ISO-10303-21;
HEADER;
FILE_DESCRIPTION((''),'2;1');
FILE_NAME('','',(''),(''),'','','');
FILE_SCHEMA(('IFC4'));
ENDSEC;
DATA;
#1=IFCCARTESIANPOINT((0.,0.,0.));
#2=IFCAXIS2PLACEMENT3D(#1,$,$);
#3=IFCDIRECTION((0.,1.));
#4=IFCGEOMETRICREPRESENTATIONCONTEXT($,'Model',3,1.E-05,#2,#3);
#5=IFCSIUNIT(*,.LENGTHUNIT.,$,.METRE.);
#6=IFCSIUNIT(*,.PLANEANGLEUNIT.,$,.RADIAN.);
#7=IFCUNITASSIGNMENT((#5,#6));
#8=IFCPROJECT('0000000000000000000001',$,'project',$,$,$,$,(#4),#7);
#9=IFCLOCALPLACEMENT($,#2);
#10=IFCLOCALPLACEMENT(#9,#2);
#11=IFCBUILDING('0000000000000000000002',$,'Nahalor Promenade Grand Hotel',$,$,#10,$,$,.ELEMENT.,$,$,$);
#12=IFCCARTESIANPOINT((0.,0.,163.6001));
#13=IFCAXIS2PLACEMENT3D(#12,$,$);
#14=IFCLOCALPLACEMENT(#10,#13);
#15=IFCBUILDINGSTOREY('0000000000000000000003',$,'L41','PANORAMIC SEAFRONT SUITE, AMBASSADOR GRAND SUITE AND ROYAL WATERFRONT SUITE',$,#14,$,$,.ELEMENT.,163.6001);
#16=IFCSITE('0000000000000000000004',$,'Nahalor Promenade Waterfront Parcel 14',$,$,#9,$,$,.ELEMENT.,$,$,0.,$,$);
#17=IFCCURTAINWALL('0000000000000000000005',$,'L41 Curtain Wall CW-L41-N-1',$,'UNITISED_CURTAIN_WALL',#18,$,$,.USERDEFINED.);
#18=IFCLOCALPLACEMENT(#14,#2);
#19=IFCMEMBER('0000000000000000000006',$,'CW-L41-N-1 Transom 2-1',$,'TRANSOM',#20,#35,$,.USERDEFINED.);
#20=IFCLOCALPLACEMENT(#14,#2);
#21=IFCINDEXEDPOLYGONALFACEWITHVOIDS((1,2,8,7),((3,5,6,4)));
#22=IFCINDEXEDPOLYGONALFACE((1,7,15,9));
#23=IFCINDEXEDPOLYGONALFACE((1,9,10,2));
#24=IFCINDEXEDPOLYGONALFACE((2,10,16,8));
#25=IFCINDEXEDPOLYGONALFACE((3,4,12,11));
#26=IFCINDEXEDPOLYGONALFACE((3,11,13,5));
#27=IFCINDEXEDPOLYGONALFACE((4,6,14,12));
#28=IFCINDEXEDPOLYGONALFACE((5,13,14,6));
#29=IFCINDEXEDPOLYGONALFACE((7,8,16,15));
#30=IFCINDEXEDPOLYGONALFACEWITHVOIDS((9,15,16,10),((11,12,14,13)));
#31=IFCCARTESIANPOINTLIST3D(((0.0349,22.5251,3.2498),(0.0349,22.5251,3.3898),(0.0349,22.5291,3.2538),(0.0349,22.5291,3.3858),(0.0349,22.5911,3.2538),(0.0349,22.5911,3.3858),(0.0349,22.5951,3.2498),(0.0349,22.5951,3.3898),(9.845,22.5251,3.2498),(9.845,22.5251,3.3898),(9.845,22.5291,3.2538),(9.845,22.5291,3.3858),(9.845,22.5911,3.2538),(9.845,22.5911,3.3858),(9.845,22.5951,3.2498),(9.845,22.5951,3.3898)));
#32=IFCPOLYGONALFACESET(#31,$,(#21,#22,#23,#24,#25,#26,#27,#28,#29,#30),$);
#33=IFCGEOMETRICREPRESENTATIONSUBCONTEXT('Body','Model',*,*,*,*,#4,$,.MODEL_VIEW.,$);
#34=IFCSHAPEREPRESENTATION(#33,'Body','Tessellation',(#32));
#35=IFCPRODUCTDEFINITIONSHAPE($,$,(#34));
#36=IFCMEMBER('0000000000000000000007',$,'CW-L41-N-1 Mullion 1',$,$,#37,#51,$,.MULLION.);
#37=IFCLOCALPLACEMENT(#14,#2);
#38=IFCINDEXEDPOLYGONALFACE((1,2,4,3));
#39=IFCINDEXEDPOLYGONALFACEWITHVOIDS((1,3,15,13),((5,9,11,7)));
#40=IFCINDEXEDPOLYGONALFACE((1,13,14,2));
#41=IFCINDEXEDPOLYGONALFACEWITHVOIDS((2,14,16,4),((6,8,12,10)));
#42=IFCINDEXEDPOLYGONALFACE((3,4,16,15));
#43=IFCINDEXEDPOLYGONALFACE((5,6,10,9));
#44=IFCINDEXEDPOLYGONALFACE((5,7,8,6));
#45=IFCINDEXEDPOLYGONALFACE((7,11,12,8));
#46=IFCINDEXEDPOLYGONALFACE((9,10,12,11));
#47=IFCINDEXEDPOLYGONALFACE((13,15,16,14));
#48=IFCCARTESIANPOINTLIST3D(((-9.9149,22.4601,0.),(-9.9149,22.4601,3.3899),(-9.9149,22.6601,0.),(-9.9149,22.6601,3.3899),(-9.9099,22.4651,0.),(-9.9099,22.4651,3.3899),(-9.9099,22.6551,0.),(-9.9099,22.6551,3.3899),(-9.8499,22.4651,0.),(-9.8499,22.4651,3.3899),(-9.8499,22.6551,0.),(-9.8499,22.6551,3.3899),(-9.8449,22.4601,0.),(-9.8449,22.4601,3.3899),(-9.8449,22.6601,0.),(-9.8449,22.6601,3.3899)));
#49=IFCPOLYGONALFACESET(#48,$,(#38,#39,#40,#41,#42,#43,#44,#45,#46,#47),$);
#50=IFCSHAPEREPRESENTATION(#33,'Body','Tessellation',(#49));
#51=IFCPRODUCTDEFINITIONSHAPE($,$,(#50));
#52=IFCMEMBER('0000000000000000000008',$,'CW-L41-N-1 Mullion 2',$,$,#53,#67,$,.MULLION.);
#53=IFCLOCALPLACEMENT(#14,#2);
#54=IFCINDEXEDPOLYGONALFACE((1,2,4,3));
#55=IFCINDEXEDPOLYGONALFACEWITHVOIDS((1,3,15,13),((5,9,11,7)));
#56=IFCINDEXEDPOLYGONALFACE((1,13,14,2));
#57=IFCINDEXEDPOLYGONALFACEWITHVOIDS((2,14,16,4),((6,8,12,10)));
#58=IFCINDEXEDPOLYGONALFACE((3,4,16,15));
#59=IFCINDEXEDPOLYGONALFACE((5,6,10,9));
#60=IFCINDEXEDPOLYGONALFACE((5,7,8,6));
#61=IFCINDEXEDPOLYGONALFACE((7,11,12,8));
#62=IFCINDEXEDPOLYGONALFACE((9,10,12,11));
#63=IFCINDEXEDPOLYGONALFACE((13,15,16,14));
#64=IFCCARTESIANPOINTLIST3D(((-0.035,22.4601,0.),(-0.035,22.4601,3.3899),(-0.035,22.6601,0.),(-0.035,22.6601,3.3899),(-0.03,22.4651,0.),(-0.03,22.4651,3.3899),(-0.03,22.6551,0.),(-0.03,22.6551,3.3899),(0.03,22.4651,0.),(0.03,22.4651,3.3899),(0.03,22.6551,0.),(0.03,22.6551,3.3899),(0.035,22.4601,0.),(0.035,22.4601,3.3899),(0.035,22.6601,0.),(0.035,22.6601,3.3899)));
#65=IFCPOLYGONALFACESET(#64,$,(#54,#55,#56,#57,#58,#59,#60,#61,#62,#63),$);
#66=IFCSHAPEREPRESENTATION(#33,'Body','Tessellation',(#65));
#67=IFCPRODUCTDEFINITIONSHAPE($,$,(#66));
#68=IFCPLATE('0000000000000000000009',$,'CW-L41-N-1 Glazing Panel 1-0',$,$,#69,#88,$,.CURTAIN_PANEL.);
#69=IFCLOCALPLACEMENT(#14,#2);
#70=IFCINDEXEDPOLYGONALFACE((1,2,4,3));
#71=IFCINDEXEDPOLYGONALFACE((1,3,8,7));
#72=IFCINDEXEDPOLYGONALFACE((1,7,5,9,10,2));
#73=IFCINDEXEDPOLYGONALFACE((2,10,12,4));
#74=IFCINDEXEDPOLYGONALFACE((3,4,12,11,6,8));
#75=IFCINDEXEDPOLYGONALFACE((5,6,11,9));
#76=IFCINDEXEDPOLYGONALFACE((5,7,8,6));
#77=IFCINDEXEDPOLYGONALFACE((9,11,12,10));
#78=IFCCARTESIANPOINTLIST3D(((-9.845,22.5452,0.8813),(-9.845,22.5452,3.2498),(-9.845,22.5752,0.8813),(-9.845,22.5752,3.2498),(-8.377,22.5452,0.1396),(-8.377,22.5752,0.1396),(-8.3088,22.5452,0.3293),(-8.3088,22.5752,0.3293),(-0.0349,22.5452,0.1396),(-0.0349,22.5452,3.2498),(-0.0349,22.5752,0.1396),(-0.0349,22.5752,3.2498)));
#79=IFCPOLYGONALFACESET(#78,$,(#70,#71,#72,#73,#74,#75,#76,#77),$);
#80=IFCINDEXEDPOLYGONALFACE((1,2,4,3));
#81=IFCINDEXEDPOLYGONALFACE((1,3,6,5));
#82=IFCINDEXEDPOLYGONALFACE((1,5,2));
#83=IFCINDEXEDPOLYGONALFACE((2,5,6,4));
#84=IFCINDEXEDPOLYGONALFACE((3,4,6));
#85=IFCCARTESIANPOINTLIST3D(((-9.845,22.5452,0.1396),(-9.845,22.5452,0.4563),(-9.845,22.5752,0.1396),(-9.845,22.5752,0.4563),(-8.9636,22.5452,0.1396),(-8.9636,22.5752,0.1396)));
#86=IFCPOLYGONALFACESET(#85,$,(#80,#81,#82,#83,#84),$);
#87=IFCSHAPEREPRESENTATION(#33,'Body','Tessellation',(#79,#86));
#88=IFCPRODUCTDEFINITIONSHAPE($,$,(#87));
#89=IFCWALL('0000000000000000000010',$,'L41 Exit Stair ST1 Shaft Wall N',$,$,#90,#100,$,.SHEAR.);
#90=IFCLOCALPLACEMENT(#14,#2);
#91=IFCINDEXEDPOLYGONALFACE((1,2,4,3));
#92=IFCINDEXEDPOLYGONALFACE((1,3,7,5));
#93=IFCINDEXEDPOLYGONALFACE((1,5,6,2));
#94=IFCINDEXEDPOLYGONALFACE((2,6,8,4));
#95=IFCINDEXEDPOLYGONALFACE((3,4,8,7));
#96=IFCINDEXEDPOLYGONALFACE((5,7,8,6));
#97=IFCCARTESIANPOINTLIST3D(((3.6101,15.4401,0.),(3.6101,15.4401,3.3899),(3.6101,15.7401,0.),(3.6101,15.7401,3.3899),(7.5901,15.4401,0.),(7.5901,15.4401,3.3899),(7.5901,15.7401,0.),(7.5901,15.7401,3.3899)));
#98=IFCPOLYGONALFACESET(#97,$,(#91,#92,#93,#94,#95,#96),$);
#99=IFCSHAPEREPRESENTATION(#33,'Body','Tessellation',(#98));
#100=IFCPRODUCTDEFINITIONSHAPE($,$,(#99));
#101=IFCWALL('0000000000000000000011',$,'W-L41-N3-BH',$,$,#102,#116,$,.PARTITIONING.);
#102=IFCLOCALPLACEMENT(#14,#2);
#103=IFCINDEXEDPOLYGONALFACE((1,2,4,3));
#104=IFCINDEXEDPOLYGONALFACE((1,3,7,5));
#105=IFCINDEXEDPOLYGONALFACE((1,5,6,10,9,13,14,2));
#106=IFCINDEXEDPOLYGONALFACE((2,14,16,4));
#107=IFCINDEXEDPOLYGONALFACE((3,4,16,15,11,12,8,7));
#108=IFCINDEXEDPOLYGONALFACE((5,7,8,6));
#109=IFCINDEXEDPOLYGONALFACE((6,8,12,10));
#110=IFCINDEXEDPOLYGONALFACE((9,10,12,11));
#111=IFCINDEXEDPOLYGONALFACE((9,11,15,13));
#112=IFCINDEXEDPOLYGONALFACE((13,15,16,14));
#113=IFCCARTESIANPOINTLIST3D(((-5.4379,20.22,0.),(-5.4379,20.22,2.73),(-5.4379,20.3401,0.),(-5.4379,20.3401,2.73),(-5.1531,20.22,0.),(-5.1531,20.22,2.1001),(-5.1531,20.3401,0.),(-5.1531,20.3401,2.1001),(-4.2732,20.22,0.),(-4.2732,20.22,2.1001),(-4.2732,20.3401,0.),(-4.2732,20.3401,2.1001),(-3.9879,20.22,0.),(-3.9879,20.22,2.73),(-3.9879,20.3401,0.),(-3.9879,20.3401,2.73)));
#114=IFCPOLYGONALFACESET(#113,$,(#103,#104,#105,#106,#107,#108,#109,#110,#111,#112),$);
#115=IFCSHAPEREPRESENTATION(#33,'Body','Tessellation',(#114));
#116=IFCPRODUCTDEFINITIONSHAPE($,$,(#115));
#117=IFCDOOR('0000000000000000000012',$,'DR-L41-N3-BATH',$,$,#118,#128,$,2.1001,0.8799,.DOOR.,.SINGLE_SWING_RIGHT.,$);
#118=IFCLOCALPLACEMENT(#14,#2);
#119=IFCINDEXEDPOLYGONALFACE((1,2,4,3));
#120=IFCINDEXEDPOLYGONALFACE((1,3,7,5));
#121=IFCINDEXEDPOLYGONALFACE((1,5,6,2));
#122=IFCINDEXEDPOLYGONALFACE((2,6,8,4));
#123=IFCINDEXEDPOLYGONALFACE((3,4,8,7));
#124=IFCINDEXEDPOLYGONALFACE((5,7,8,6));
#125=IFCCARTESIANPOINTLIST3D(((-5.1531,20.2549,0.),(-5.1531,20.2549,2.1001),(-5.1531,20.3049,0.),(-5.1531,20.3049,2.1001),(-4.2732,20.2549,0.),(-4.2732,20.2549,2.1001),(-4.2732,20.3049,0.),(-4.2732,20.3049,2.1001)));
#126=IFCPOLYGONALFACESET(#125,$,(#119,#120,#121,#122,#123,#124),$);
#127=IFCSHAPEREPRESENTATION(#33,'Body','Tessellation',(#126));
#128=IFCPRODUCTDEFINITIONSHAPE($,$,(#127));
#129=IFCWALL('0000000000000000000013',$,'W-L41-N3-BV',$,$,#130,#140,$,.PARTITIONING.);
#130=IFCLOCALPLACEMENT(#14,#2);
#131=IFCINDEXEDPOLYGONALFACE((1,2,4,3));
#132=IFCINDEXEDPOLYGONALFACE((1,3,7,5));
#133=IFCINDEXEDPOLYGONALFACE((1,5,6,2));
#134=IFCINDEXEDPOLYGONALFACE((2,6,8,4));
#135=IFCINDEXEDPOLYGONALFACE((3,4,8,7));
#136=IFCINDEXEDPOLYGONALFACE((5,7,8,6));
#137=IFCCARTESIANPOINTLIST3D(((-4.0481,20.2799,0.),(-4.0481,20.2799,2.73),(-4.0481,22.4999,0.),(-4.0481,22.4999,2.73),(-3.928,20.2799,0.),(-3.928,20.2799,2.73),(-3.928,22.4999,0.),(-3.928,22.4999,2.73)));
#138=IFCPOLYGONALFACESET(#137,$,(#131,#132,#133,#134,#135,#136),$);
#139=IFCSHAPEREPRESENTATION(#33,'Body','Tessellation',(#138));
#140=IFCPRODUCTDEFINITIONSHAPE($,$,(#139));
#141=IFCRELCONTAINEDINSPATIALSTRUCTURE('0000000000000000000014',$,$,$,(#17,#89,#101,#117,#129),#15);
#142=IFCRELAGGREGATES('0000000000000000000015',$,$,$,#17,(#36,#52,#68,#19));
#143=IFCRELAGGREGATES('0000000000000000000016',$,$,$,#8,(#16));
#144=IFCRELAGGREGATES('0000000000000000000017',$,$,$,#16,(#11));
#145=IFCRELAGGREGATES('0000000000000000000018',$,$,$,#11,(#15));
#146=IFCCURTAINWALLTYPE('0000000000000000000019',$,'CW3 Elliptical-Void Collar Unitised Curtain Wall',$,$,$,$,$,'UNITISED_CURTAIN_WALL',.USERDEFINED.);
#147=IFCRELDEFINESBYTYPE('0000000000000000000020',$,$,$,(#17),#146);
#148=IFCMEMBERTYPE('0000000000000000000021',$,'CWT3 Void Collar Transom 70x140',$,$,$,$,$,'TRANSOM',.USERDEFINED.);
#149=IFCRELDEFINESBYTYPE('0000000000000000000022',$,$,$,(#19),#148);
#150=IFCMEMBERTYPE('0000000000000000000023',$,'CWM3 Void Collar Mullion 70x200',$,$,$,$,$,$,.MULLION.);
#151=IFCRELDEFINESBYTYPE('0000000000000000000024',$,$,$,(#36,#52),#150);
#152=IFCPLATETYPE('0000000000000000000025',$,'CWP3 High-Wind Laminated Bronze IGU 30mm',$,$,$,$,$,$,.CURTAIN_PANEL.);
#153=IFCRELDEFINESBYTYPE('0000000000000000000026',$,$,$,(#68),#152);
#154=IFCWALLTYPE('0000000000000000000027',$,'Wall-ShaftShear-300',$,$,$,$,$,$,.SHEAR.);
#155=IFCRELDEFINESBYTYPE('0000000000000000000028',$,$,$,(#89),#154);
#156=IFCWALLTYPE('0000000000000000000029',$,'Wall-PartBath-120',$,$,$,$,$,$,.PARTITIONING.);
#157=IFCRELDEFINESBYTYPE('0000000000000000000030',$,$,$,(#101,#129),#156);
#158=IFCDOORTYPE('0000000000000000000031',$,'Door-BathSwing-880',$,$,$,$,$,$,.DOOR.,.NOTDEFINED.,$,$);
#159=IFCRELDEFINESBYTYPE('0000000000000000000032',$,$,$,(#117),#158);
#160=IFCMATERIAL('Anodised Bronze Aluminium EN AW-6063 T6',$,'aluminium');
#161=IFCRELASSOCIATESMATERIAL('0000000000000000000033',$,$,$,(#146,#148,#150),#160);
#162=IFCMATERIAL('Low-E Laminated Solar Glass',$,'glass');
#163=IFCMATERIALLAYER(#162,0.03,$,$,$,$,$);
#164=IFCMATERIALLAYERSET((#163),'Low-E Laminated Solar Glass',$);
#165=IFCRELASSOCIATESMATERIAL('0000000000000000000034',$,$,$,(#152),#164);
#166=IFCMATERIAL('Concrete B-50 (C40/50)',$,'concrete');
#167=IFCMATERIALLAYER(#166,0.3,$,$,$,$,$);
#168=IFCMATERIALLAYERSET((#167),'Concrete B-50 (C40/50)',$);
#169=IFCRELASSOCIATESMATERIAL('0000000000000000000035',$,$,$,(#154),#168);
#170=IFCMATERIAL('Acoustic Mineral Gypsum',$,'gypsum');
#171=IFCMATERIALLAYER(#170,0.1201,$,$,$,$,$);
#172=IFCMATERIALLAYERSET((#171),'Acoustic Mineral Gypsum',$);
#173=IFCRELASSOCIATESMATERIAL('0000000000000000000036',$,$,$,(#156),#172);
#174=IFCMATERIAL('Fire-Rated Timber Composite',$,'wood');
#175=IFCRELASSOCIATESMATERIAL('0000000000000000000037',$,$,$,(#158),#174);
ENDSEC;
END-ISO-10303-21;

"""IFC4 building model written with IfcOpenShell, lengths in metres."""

from ifc_helpers import new_model, si_unit, direction, frame, frame_2d, origin, origin_2d, place, context, subcontext, project, spatial, polyline, rectangle, hollow_rectangle, outline, extrude, source, transform, mapped, material, layer, layer_set, material_profile, profile_set, type_object, element, fill, aggregate, save


model = new_model("IFC4")

# Units and contexts
model_context = context("Model", 3, precision=1e-05, world=origin(), true_north=direction((0.0, 1.0)))
body_context = subcontext(model_context, "Body", "Model", "MODEL_VIEW")
ifc_project = project(units=[si_unit("LENGTHUNIT", "METRE"), si_unit("PLANEANGLEUNIT", "RADIAN")], contexts=[model_context])

# Site, building, storey
site_placement = place(None, origin())
site = spatial("IfcSite", under=ifc_project, at=site_placement, Name="Nahalor Promenade Waterfront Parcel 14", CompositionType="ELEMENT", RefElevation=0.0)
building_placement = place(site_placement, origin())
building = spatial("IfcBuilding", under=site, at=building_placement, Name="Nahalor Promenade Grand Hotel", CompositionType="ELEMENT")
storey_placement = place(building_placement, frame((0.0, 0.0, 163.6001)))
storey = spatial("IfcBuildingStorey", under=building, at=storey_placement, Name="L41", Description="PANORAMIC SEAFRONT SUITE, AMBASSADOR GRAND SUITE AND ROYAL WATERFRONT SUITE", CompositionType="ELEMENT", Elevation=163.6001)

# Curtain wall, members, plate
ifc_material_1 = material(Name="Anodised Bronze Aluminium EN AW-6063 T6", Category="aluminium")
curtain_wall_type = type_object("IfcCurtainWallType", Name="CW3 Elliptical-Void Collar Unitised Curtain Wall", ElementType="UNITISED_CURTAIN_WALL", PredefinedType="USERDEFINED", material=ifc_material_1)
curtain_wall_placement = place(storey_placement, origin())
curtain_wall = element("IfcCurtainWall", 1, at=curtain_wall_placement, inside=storey, type_object=curtain_wall_type, Name="L41 Curtain Wall CW-L41-N-1", ObjectType="UNITISED_CURTAIN_WALL", PredefinedType="USERDEFINED")
ifc_material_profile_1 = material_profile(ifc_material_1, hollow_rectangle(XDim=0.07, YDim=0.14, WallThickness=0.004, at=origin_2d()), Name="CWT 70x140x4")
ifc_profile_set_1 = profile_set([ifc_material_profile_1], Name="Anodised Bronze Aluminium EN AW-6063 T6")
member_type_1 = type_object("IfcMemberType", Name="CWT3 Void Collar Transom 70x140", ElementType="TRANSOM", PredefinedType="USERDEFINED", material=ifc_profile_set_1)
shared_shape_1 = source(origin(), body_context, "Body", "SweptSolid", [
    extrude(hollow_rectangle(XDim=0.07, YDim=0.14, WallThickness=0.004, at=origin_2d()), origin(), (0.0, 0.0, 1.0), 9.8101),
])
member_1_placement = place(storey_placement, frame((0.0349, 22.5601, 3.3198), z_axis=(1.0, 0.0, 0.0), x_axis=(0.0, 1.0, 0.0)))
member_1 = element("IfcMember", 2, at=member_1_placement, type_object=member_type_1, Name="CW-L41-N-1 Transom 2-1", ObjectType="TRANSOM", PredefinedType="USERDEFINED", context=body_context, shape_type="MappedRepresentation", body=[
    mapped(shared_shape_1, transform((0.0, 0.0, 0.0), scale=1.0)),
])
ifc_material_profile_2 = material_profile(ifc_material_1, hollow_rectangle(XDim=0.07, YDim=0.2, WallThickness=0.005, at=origin_2d()), Name="CWM 70x200x5")
ifc_profile_set_2 = profile_set([ifc_material_profile_2], Name="Anodised Bronze Aluminium EN AW-6063 T6")
member_type_2 = type_object("IfcMemberType", Name="CWM3 Void Collar Mullion 70x200", PredefinedType="MULLION", material=ifc_profile_set_2)
shared_shape_2 = source(origin(), body_context, "Body", "SweptSolid", [
    extrude(hollow_rectangle(XDim=0.07, YDim=0.2, WallThickness=0.005, at=origin_2d()), origin(), (0.0, 0.0, 1.0), 3.3899),
])
member_2_placement = place(storey_placement, frame((-9.8799, 22.5601, 0.0), z_axis=(0.0, 0.0, 1.0), x_axis=(1.0, 0.0, 0.0)))
member_2 = element("IfcMember", 3, at=member_2_placement, type_object=member_type_2, Name="CW-L41-N-1 Mullion 1", PredefinedType="MULLION", context=body_context, shape_type="MappedRepresentation", body=[
    mapped(shared_shape_2, transform((0.0, 0.0, 0.0), scale=1.0)),
])
member_3_placement = place(storey_placement, frame((0.0, 22.5601, 0.0), z_axis=(0.0, 0.0, 1.0), x_axis=(1.0, 0.0, 0.0)))
member_3 = element("IfcMember", 4, at=member_3_placement, type_object=member_type_2, Name="CW-L41-N-1 Mullion 2", PredefinedType="MULLION", context=body_context, shape_type="MappedRepresentation", body=[
    mapped(shared_shape_2, transform((0.0, 0.0, 0.0), scale=1.0)),
])
ifc_material_2 = material(Name="Low-E Laminated Solar Glass", Category="glass")
ifc_layer_1 = layer(ifc_material_2, 0.03)
ifc_layer_set_1 = layer_set([ifc_layer_1], Name="Low-E Laminated Solar Glass")
plate_type = type_object("IfcPlateType", Name="CWP3 High-Wind Laminated Bronze IGU 30mm", PredefinedType="CURTAIN_PANEL", material=ifc_layer_set_1)
plate_placement = place(storey_placement, frame((-4.9399, 22.5601, 0.1396), z_axis=(0.0, 0.0, 1.0), x_axis=(1.0, 0.0, 0.0)))
plate = element("IfcPlate", 5, at=plate_placement, type_object=plate_type, Name="CW-L41-N-1 Glazing Panel 1-0", PredefinedType="CURTAIN_PANEL", context=body_context, shape_type="SweptSolid", body=[
    extrude(outline(polyline([(4.905, 3.1101), (-4.905, 3.1101), (-4.905, 0.7417), (-3.3689, 0.1897), (-3.437, 0.0), (4.905, 0.0), (4.905, 3.1101)])), frame((0.0, 0.0151, 0.0), z_axis=(0.0, -1.0, 0.0), x_axis=(1.0, 0.0, 0.0)), (0.0, 0.0, 1.0), 0.03),
    extrude(outline(polyline([(-4.905, 0.3167), (-4.905, 0.0), (-4.0237, 0.0), (-4.905, 0.3167)])), frame((0.0, 0.0151, 0.0), z_axis=(0.0, -1.0, 0.0), x_axis=(1.0, 0.0, 0.0)), (0.0, 0.0, 1.0), 0.03),
])
aggregate(curtain_wall, [member_2, member_3, plate, member_1])

# Wall
ifc_material_3 = material(Name="Concrete B-50 (C40/50)", Category="concrete")
ifc_layer_2 = layer(ifc_material_3, 0.3)
ifc_layer_set_2 = layer_set([ifc_layer_2], Name="Concrete B-50 (C40/50)")
wall_type_1 = type_object("IfcWallType", Name="Wall-ShaftShear-300", PredefinedType="SHEAR", material=ifc_layer_set_2)
shared_shape_3 = source(origin(), body_context, "Body", "SweptSolid", [
    extrude(rectangle(XDim=3.98, YDim=0.3, at=frame_2d((1.99, 0.0))), origin(), (0.0, 0.0, 1.0), 3.3899),
])
wall_1_placement = place(storey_placement, frame((3.6101, 15.5901, 0.0), z_axis=(0.0, 0.0, 1.0), x_axis=(1.0, 0.0, 0.0)))
element("IfcWall", 6, at=wall_1_placement, inside=storey, type_object=wall_type_1, Name="L41 Exit Stair ST1 Shaft Wall N", PredefinedType="SHEAR", context=body_context, shape_type="MappedRepresentation", body=[
    mapped(shared_shape_3, transform((0.0, 0.0, 0.0), scale=1.0)),
])

# Wall, opening, door
ifc_material_4 = material(Name="Acoustic Mineral Gypsum", Category="gypsum")
ifc_layer_3 = layer(ifc_material_4, 0.1201)
ifc_layer_set_3 = layer_set([ifc_layer_3], Name="Acoustic Mineral Gypsum")
wall_type_2 = type_object("IfcWallType", Name="Wall-PartBath-120", PredefinedType="PARTITIONING", material=ifc_layer_set_3)
shared_shape_4 = source(origin(), body_context, "Body", "SweptSolid", [
    extrude(rectangle(XDim=1.45, YDim=0.1201, at=frame_2d((0.7251, 0.0))), origin(), (0.0, 0.0, 1.0), 2.73),
])
wall_2_placement = place(storey_placement, frame((-5.438, 20.28, 0.0), z_axis=(0.0, 0.0, 1.0), x_axis=(1.0, 0.0, 0.0)))
wall_2 = element("IfcWall", 7, at=wall_2_placement, inside=storey, type_object=wall_type_2, Name="W-L41-N3-BH", PredefinedType="PARTITIONING", context=body_context, shape_type="MappedRepresentation", body=[
    mapped(shared_shape_4, transform((0.0, 0.0, 0.0), scale=1.0)),
])
opening_placement = place(wall_2_placement, frame((0.2849, 0.0, 0.0)))
opening = element("IfcOpeningElement", 8, at=opening_placement, cuts=wall_2, PredefinedType="OPENING", context=body_context, shape_type="SweptSolid", body=[
    extrude(rectangle(XDim=0.8799, YDim=2.1001, at=frame_2d((0.4399, 1.05))), frame((0.0, 0.0701, 0.0), z_axis=(0.0, -1.0, 0.0), x_axis=(1.0, 0.0, 0.0)), (0.0, 0.0, 1.0), 0.1401),
])
ifc_material_5 = material(Name="Fire-Rated Timber Composite", Category="wood")
door_type = type_object("IfcDoorType", Name="Door-BathSwing-880", OperationType="NOTDEFINED", PredefinedType="DOOR", material=ifc_material_5)
shared_shape_5 = source(origin(), body_context, "Body", "SweptSolid", [
    extrude(rectangle(XDim=0.8799, YDim=2.1001, at=frame_2d((0.4399, 1.05))), frame((0.0, 0.0249, 0.0), z_axis=(0.0, -1.0, 0.0), x_axis=(1.0, 0.0, 0.0)), (0.0, 0.0, 1.0), 0.05),
])
door_placement = place(opening_placement, origin())
door = element("IfcDoor", 9, at=door_placement, inside=storey, type_object=door_type, Name="DR-L41-N3-BATH", OperationType="SINGLE_SWING_RIGHT", OverallHeight=2.1001, OverallWidth=0.8799, PredefinedType="DOOR", context=body_context, shape_type="MappedRepresentation", body=[
    mapped(shared_shape_5, transform((0.0, 0.0, 0.0), scale=1.0)),
])
fill(opening, door)

# Wall
shared_shape_6 = source(origin(), body_context, "Body", "SweptSolid", [
    extrude(rectangle(XDim=2.22, YDim=0.1201, at=frame_2d((1.1099, 0.0))), origin(), (0.0, 0.0, 1.0), 2.73),
])
wall_3_placement = place(storey_placement, frame((-3.988, 20.28, 0.0), z_axis=(0.0, 0.0, 1.0), x_axis=(0.0, 1.0, 0.0)))
element("IfcWall", 10, at=wall_3_placement, inside=storey, type_object=wall_type_2, Name="W-L41-N3-BV", PredefinedType="PARTITIONING", context=body_context, shape_type="MappedRepresentation", body=[
    mapped(shared_shape_6, transform((0.0, 0.0, 0.0), scale=1.0)),
])

save(model, "model.ifc")
